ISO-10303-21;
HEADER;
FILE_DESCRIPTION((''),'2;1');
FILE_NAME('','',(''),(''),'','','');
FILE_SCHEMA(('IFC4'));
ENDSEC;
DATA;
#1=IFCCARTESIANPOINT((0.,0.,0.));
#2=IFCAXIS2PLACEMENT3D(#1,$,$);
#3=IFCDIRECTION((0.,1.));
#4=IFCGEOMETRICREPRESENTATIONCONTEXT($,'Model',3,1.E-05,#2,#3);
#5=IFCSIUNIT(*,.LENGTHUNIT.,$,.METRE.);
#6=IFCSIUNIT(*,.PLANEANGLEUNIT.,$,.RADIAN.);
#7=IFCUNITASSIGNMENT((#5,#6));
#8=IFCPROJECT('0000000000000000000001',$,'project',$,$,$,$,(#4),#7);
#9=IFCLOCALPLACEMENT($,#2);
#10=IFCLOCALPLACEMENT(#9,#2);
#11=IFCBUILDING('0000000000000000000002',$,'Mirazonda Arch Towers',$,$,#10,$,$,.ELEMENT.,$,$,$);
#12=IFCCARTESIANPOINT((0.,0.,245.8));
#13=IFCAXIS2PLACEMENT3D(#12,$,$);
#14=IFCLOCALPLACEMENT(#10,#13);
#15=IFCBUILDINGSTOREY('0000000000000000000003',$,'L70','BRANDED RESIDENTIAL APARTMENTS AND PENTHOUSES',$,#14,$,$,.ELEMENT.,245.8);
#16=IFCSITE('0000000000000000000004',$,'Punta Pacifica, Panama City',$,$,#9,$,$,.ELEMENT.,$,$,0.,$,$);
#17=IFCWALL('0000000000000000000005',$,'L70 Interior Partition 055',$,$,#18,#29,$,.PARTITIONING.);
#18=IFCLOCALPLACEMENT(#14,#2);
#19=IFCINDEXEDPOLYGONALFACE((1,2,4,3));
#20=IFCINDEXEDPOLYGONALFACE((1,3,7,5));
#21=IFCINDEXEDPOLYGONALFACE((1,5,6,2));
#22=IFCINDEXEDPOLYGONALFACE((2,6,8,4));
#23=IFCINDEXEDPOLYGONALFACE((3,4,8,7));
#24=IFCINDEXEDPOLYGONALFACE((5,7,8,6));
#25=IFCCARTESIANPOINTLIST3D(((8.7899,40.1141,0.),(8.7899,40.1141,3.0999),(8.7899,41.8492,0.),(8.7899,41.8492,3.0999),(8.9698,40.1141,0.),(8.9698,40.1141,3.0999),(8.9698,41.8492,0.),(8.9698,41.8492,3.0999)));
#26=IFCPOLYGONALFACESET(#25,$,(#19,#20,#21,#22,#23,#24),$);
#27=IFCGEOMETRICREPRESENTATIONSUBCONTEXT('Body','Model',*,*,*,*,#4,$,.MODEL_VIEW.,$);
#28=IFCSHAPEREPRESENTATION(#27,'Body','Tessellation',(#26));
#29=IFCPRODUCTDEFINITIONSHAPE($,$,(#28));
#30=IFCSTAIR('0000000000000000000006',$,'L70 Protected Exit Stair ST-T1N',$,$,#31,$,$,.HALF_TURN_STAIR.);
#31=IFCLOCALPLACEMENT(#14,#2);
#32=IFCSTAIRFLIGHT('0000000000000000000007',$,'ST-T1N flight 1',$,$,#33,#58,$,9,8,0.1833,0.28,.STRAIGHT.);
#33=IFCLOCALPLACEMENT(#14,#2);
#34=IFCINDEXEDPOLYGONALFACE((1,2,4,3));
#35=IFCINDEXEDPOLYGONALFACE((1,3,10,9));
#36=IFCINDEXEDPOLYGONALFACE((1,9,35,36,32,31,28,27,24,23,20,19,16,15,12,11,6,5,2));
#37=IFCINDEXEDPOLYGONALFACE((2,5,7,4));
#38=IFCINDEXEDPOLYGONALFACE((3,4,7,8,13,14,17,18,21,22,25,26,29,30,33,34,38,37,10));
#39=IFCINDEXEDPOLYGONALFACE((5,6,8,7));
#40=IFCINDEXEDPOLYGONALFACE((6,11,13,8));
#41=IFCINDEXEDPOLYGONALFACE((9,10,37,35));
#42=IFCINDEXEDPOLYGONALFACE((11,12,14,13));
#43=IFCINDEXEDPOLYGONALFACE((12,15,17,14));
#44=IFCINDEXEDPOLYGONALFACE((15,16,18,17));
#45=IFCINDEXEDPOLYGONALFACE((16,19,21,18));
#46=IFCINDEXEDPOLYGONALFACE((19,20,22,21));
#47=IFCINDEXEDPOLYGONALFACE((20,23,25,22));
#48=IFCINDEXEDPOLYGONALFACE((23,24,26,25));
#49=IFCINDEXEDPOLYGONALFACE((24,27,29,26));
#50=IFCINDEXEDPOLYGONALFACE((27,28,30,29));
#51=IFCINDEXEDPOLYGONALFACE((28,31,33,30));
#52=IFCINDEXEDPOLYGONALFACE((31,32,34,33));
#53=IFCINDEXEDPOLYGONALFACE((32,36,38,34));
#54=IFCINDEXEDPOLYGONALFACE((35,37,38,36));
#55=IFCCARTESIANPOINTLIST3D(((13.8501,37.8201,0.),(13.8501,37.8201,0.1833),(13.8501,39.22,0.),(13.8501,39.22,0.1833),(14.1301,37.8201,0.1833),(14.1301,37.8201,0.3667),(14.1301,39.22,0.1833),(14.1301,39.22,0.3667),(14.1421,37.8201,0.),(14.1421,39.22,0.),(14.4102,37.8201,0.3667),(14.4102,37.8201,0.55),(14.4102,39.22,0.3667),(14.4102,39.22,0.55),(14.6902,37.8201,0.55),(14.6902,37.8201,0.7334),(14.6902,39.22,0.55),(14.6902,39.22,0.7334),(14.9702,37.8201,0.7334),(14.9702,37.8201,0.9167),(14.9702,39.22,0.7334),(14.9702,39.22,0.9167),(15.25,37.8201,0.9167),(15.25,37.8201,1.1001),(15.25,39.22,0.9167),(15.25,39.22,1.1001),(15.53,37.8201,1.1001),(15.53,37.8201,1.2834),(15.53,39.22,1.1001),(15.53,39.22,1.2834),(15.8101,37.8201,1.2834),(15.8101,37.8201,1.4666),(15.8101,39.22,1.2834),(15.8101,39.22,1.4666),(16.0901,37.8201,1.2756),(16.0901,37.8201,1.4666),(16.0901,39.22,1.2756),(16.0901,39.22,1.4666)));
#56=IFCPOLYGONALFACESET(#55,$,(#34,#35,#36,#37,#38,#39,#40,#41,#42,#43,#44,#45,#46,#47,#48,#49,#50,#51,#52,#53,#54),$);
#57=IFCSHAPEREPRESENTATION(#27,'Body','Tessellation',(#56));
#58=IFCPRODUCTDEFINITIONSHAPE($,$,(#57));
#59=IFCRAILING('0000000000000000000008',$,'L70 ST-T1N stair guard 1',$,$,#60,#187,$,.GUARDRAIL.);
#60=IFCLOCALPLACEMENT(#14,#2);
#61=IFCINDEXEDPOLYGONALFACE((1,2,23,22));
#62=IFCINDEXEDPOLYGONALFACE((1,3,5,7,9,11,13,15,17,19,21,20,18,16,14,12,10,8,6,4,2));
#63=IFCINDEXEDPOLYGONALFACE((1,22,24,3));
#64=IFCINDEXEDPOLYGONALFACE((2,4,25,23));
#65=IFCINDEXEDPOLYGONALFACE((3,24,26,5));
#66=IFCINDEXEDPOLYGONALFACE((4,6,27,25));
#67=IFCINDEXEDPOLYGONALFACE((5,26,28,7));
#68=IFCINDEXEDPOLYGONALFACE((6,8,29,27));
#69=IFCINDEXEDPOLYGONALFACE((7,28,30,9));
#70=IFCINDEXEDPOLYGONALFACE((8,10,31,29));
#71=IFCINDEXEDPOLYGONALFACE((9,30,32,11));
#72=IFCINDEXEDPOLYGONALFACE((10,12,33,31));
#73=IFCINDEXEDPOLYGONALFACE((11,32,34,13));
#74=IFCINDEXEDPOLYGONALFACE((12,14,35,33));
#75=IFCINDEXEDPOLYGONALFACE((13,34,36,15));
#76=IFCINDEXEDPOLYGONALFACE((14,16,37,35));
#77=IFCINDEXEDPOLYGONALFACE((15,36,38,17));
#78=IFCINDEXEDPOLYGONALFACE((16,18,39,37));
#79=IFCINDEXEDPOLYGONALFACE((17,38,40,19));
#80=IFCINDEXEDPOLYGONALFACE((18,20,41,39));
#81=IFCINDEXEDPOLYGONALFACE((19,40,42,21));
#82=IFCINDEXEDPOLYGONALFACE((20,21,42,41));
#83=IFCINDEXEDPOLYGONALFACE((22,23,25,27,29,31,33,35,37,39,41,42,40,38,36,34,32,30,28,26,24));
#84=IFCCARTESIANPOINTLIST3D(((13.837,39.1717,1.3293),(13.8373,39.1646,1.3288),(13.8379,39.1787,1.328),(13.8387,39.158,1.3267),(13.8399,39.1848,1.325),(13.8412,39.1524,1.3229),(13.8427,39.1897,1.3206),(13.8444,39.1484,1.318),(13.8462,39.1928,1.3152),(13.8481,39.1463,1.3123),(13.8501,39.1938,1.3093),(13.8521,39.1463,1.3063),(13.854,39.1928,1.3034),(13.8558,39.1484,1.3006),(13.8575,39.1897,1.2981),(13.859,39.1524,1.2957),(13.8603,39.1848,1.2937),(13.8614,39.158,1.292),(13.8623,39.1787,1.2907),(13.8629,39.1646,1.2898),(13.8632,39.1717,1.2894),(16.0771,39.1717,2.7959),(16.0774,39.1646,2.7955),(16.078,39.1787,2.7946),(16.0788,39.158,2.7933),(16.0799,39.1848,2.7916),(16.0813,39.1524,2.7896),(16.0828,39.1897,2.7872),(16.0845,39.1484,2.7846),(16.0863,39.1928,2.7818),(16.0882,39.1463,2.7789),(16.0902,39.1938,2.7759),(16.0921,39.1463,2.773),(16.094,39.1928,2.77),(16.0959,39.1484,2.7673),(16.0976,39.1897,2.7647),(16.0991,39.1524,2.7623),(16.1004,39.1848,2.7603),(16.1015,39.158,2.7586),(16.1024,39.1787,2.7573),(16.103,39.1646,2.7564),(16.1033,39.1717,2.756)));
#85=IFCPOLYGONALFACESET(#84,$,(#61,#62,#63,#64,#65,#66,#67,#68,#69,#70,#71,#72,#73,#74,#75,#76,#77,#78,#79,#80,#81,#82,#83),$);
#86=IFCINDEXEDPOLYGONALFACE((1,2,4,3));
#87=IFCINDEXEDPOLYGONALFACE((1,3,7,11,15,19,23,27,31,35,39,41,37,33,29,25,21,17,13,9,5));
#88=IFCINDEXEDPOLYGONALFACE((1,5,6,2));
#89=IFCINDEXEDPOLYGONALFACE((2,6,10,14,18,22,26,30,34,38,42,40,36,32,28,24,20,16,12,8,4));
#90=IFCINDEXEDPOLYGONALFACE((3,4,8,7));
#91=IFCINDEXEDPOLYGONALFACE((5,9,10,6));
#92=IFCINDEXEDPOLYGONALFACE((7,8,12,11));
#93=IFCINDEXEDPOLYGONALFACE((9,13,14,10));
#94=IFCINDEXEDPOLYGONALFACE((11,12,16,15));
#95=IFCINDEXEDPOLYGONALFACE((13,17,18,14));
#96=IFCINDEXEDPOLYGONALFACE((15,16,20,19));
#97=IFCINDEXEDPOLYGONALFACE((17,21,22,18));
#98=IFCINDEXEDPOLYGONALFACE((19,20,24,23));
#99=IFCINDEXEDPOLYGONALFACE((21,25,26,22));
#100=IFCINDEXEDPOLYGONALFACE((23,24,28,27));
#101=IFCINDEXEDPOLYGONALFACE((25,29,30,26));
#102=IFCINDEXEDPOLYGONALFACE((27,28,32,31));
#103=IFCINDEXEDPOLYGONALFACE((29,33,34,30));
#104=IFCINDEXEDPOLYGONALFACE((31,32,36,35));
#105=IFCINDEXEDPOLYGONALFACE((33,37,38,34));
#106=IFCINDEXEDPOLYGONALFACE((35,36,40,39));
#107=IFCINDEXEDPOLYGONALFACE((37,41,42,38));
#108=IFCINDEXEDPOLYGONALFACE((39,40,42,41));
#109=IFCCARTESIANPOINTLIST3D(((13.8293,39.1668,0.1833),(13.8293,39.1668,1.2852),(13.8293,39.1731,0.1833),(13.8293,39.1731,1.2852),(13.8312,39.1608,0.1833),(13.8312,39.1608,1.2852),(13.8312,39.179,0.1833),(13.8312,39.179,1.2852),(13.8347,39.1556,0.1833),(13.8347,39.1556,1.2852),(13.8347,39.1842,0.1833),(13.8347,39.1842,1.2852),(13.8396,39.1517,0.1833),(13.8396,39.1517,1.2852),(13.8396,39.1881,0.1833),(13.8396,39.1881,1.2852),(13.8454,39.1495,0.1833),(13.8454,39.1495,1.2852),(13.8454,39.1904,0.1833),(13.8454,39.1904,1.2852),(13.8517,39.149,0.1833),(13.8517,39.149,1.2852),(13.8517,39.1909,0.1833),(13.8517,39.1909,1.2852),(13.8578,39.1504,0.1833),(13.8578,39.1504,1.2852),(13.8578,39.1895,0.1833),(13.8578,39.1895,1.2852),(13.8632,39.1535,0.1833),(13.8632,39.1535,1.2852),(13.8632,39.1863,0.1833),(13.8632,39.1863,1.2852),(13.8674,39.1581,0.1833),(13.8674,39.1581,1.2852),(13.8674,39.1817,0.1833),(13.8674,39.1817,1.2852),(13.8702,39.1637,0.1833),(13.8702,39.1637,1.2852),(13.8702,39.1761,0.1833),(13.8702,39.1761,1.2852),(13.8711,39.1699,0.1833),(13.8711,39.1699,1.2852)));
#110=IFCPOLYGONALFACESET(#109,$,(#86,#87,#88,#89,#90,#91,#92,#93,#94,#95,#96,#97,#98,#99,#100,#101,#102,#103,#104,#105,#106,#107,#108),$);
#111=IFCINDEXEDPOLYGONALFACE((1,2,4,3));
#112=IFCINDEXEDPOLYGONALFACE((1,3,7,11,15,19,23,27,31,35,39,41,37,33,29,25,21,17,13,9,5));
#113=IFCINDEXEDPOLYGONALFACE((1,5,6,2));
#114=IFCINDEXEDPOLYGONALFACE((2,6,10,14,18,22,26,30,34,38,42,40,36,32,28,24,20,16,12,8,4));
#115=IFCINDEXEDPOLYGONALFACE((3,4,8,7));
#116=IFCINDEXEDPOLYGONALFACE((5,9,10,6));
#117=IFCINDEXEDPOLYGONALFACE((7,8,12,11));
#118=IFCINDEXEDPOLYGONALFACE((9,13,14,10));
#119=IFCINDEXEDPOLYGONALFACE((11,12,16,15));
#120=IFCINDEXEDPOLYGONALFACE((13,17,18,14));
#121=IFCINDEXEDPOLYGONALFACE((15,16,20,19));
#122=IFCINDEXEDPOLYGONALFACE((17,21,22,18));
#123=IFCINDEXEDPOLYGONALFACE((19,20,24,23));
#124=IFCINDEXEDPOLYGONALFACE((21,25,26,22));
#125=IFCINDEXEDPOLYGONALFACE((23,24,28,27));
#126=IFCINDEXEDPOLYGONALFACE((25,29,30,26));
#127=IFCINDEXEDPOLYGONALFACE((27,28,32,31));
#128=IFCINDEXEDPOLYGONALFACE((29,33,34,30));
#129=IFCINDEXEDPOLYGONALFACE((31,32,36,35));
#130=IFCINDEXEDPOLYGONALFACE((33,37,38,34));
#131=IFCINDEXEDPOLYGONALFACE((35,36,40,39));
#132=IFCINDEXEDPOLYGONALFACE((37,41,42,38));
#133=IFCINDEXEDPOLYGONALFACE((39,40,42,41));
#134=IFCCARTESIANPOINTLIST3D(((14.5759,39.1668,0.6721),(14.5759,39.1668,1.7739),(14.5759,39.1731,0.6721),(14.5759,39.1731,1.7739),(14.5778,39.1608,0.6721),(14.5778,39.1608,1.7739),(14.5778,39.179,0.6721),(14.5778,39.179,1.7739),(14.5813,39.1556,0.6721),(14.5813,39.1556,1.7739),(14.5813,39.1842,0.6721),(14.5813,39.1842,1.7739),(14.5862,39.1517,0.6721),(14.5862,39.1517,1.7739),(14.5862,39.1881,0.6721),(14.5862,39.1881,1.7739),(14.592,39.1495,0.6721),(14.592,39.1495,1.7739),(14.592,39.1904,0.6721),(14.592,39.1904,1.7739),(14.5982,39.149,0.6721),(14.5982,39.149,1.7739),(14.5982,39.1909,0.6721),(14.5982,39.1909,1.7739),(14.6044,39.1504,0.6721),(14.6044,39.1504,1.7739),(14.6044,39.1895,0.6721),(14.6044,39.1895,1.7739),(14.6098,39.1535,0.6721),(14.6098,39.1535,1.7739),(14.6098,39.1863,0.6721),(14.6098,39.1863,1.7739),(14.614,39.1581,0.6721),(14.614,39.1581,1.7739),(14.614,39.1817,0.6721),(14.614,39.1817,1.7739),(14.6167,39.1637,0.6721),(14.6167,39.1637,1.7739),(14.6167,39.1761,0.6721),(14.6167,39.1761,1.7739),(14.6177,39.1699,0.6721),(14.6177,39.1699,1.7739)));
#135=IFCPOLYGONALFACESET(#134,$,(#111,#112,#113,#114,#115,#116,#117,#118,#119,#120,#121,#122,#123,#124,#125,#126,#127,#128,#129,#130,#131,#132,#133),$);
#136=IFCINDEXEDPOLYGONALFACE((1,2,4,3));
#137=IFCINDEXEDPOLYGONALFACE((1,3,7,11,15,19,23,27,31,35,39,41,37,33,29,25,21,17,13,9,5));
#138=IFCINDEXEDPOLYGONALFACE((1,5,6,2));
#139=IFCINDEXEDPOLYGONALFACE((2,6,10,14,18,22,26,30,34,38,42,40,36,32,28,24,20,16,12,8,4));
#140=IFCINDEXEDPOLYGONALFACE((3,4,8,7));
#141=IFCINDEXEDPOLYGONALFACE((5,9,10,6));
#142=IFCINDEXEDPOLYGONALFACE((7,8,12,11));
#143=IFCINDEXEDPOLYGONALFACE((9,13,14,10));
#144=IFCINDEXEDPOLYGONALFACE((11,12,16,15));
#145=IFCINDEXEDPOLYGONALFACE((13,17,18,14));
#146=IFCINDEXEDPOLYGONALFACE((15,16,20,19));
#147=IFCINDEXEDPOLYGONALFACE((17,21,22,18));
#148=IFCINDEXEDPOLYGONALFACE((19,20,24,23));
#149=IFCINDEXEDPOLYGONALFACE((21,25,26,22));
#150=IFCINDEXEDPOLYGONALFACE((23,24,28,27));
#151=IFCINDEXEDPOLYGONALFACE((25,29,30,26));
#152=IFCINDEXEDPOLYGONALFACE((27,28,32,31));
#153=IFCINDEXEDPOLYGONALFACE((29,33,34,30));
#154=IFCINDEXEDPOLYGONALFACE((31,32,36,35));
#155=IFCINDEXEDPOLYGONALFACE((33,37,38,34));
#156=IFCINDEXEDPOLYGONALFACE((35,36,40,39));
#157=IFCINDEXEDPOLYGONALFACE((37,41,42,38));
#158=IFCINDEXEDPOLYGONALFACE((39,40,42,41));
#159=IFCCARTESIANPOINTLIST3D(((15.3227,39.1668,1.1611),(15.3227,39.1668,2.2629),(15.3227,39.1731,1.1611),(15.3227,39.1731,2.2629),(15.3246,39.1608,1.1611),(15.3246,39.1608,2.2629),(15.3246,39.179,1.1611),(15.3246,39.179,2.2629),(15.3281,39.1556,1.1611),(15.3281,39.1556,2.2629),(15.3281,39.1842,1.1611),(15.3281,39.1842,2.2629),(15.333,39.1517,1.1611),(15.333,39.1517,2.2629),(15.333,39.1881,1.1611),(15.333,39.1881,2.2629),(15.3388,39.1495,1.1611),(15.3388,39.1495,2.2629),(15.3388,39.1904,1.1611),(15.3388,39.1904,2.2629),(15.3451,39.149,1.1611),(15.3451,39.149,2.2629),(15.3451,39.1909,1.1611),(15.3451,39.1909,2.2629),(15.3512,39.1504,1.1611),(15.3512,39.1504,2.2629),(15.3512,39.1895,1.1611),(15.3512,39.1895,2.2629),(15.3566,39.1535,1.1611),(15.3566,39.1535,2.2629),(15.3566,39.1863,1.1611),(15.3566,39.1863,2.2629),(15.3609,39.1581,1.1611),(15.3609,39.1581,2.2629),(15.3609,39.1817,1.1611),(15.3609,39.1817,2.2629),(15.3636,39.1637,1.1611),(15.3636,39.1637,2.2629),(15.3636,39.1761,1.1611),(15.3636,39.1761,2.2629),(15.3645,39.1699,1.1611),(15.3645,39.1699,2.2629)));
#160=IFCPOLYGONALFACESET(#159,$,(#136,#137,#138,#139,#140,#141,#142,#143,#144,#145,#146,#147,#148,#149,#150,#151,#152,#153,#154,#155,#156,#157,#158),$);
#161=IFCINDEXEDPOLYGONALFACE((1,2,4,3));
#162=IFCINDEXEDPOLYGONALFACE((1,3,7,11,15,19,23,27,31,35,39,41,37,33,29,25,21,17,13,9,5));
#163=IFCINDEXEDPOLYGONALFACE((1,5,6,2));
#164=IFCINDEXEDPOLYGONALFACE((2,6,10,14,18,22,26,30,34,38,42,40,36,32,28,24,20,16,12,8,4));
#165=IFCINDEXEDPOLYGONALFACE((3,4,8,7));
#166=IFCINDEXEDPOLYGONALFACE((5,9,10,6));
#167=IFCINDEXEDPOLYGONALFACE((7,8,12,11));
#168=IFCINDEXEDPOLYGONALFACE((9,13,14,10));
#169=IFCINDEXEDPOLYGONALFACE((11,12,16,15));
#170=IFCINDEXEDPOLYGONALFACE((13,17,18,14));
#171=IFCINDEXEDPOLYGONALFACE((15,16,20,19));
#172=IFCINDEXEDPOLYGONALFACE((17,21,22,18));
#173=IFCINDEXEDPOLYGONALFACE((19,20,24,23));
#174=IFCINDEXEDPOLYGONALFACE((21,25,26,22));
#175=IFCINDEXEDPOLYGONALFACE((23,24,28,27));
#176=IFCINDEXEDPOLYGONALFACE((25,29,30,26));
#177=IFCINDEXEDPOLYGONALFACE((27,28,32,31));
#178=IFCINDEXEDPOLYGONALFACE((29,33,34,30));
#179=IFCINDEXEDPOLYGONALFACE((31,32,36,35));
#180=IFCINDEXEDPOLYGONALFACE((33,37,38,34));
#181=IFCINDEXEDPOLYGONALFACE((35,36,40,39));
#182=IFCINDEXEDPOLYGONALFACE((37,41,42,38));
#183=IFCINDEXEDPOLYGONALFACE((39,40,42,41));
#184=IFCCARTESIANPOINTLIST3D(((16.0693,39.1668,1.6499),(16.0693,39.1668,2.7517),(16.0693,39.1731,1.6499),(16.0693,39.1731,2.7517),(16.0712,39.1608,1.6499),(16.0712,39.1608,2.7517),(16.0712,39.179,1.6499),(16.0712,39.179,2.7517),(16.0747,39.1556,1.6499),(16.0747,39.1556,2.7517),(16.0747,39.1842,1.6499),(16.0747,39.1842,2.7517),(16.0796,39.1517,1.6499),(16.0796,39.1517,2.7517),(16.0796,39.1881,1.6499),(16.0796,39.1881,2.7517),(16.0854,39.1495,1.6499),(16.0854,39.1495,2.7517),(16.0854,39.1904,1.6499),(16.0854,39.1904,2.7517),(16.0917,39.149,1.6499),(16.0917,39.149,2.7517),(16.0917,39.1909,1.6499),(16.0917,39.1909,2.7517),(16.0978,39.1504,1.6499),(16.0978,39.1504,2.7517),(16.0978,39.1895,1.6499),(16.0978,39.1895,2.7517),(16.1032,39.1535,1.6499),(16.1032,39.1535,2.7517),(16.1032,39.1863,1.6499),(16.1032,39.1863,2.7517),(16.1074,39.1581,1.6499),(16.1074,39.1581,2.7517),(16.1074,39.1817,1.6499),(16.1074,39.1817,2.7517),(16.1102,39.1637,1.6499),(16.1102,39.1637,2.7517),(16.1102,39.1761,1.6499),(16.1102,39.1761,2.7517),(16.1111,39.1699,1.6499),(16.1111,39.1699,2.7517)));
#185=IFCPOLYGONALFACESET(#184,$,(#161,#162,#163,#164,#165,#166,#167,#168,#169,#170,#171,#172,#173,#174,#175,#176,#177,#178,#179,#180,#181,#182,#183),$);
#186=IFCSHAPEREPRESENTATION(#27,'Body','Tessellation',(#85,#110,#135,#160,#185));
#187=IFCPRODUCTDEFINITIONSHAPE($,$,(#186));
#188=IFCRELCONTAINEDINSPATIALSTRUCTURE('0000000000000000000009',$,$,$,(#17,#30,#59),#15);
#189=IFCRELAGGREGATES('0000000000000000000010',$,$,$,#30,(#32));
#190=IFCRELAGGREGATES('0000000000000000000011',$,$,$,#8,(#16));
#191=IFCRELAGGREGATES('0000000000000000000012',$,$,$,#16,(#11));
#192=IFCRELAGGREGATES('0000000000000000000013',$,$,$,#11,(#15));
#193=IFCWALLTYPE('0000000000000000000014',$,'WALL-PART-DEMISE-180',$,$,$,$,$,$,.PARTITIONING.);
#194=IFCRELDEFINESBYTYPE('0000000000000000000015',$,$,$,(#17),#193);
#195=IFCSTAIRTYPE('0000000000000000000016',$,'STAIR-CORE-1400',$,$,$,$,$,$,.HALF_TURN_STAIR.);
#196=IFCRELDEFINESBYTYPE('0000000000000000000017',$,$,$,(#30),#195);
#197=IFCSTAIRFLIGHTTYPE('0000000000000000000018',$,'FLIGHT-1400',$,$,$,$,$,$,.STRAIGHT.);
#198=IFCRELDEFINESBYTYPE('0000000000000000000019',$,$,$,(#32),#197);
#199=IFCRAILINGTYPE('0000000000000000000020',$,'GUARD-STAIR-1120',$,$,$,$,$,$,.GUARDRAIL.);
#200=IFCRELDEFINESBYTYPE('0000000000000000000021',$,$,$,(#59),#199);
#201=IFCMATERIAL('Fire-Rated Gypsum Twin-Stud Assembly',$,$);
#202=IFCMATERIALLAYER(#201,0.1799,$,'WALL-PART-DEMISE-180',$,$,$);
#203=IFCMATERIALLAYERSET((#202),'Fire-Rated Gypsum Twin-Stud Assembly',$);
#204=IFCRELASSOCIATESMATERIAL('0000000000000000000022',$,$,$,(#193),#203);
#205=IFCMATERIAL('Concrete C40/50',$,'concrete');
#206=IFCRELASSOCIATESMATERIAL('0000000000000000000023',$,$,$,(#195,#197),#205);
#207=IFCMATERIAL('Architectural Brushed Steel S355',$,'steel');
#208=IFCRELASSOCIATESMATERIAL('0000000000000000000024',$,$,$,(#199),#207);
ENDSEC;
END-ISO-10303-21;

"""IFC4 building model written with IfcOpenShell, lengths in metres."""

from ifc_helpers import new_model, si_unit, direction, frame, frame_2d, origin, origin_2d, place, context, subcontext, project, spatial, polyline, rectangle, circle, outline, extrude, material, layer, layer_set, type_object, element, aggregate, save


model = new_model("IFC4")

# Units and contexts
model_context = context("Model", 3, precision=1e-05, world=origin(), true_north=direction((0.0, 1.0)))
body_context = subcontext(model_context, "Body", "Model", "MODEL_VIEW")
ifc_project = project(units=[si_unit("LENGTHUNIT", "METRE"), si_unit("PLANEANGLEUNIT", "RADIAN")], contexts=[model_context])

# Site, building, storey
site_placement = place(None, origin())
site = spatial("IfcSite", under=ifc_project, at=site_placement, Name="Punta Pacifica, Panama City", CompositionType="ELEMENT", RefElevation=0.0)
building_placement = place(site_placement, origin())
building = spatial("IfcBuilding", under=site, at=building_placement, Name="Mirazonda Arch Towers", CompositionType="ELEMENT")
storey_placement = place(building_placement, frame((0.0, 0.0, 245.8)))
storey = spatial("IfcBuildingStorey", under=building, at=storey_placement, Name="L70", Description="BRANDED RESIDENTIAL APARTMENTS AND PENTHOUSES", CompositionType="ELEMENT", Elevation=245.8)

# Shared definitions
ifc_material_1 = material(Name="Fire-Rated Gypsum Twin-Stud Assembly")
ifc_layer_1 = layer(ifc_material_1, 0.1799, Name="WALL-PART-DEMISE-180")
ifc_layer_set_1 = layer_set([ifc_layer_1], Name="Fire-Rated Gypsum Twin-Stud Assembly")
wall_type_1 = type_object("IfcWallType", Name="WALL-PART-DEMISE-180", PredefinedType="PARTITIONING", material=ifc_layer_set_1)
ifc_material_2 = material(Name="Architectural Brushed Steel S355", Category="steel")

# Wall
wall_1_placement = place(storey_placement, frame((8.8799, 40.114, 0.0), z_axis=(0.0, 0.0, 1.0), x_axis=(0.0, 1.0, 0.0)))
element("IfcWall", 1, at=wall_1_placement, inside=storey, type_object=wall_type_1, Name="L70 Interior Partition 055", PredefinedType="PARTITIONING", context=body_context, shape_type="SweptSolid", body=[
    extrude(rectangle(XDim=1.7351, YDim=0.1799, at=frame_2d((0.8677, 0.0))), origin(), (0.0, 0.0, 1.0), 3.0999),
])

# Stair, stair flight
ifc_material_3 = material(Name="Concrete C40/50", Category="concrete")
stair_type = type_object("IfcStairType", Name="STAIR-CORE-1400", PredefinedType="HALF_TURN_STAIR", material=ifc_material_3)
stair_placement = place(storey_placement, origin())
stair = element("IfcStair", 2, at=stair_placement, inside=storey, type_object=stair_type, Name="L70 Protected Exit Stair ST-T1N", PredefinedType="HALF_TURN_STAIR")
stair_flight_type = type_object("IfcStairFlightType", Name="FLIGHT-1400", PredefinedType="STRAIGHT", material=ifc_material_3)
stair_flight_placement = place(storey_placement, frame((13.8501, 38.52, 0.0), z_axis=(0.0, 0.0, 1.0), x_axis=(1.0, 0.0, 0.0)))
stair_flight = element("IfcStairFlight", 3, at=stair_flight_placement, type_object=stair_flight_type, Name="ST-T1N flight 1", NumberOfRisers=9, NumberOfTreads=8, PredefinedType="STRAIGHT", RiserHeight=0.1833, TreadLength=0.28, context=body_context, shape_type="SweptSolid", body=[
    extrude(outline(polyline([(0.0, 0.0), (0.0, 0.1833), (0.28, 0.1833), (0.28, 0.3667), (0.5601, 0.3667), (0.5601, 0.55), (0.8401, 0.55), (0.8401, 0.7334), (1.1201, 0.7334), (1.1201, 0.9167), (1.3999, 0.9167), (1.3999, 1.1001), (1.6799, 1.1001), (1.6799, 1.2834), (1.96, 1.2834), (1.96, 1.4666), (2.24, 1.4666), (2.24, 1.6499), (2.24, 1.2756), (0.292, 0.0), (0.0, 0.0)])), frame((0.0, 0.7, 0.0), z_axis=(0.0, -1.0, 0.0), x_axis=(1.0, 0.0, 0.0)), (0.0, 0.0, 1.0), 1.3999),
])
aggregate(stair, [stair_flight])

# Railing
railing_type_1 = type_object("IfcRailingType", Name="GUARD-STAIR-1120", PredefinedType="GUARDRAIL", material=ifc_material_2)
railing_1_placement = place(storey_placement, frame((13.8501, 39.1699, 0.1833)))
element("IfcRailing", 4, at=railing_1_placement, inside=storey, type_object=railing_type_1, Name="L70 ST-T1N stair guard 1", PredefinedType="GUARDRAIL", context=body_context, shape_type="SweptSolid", body=[
    extrude(circle(Radius=0.0239, at=origin_2d()), frame((0.0, 0.0, 1.126), z_axis=(0.836637, 0.0, 0.547758), x_axis=(0.0, 1.0, 0.0)), (0.0, 0.0, 1.0), 2.6775),
    extrude(circle(Radius=0.021, at=origin_2d()), origin(), (0.0, 0.0, 1.0), 1.1018),
    extrude(circle(Radius=0.021, at=origin_2d()), frame((0.7466, 0.0, 0.4888)), (0.0, 0.0, 1.0), 1.1018),
    extrude(circle(Radius=0.021, at=origin_2d()), frame((1.4934, 0.0, 0.9778)), (0.0, 0.0, 1.0), 1.1018),
    extrude(circle(Radius=0.021, at=origin_2d()), frame((2.24, 0.0, 1.4666)), (0.0, 0.0, 1.0), 1.1018),
])

save(model, "model.ifc")
